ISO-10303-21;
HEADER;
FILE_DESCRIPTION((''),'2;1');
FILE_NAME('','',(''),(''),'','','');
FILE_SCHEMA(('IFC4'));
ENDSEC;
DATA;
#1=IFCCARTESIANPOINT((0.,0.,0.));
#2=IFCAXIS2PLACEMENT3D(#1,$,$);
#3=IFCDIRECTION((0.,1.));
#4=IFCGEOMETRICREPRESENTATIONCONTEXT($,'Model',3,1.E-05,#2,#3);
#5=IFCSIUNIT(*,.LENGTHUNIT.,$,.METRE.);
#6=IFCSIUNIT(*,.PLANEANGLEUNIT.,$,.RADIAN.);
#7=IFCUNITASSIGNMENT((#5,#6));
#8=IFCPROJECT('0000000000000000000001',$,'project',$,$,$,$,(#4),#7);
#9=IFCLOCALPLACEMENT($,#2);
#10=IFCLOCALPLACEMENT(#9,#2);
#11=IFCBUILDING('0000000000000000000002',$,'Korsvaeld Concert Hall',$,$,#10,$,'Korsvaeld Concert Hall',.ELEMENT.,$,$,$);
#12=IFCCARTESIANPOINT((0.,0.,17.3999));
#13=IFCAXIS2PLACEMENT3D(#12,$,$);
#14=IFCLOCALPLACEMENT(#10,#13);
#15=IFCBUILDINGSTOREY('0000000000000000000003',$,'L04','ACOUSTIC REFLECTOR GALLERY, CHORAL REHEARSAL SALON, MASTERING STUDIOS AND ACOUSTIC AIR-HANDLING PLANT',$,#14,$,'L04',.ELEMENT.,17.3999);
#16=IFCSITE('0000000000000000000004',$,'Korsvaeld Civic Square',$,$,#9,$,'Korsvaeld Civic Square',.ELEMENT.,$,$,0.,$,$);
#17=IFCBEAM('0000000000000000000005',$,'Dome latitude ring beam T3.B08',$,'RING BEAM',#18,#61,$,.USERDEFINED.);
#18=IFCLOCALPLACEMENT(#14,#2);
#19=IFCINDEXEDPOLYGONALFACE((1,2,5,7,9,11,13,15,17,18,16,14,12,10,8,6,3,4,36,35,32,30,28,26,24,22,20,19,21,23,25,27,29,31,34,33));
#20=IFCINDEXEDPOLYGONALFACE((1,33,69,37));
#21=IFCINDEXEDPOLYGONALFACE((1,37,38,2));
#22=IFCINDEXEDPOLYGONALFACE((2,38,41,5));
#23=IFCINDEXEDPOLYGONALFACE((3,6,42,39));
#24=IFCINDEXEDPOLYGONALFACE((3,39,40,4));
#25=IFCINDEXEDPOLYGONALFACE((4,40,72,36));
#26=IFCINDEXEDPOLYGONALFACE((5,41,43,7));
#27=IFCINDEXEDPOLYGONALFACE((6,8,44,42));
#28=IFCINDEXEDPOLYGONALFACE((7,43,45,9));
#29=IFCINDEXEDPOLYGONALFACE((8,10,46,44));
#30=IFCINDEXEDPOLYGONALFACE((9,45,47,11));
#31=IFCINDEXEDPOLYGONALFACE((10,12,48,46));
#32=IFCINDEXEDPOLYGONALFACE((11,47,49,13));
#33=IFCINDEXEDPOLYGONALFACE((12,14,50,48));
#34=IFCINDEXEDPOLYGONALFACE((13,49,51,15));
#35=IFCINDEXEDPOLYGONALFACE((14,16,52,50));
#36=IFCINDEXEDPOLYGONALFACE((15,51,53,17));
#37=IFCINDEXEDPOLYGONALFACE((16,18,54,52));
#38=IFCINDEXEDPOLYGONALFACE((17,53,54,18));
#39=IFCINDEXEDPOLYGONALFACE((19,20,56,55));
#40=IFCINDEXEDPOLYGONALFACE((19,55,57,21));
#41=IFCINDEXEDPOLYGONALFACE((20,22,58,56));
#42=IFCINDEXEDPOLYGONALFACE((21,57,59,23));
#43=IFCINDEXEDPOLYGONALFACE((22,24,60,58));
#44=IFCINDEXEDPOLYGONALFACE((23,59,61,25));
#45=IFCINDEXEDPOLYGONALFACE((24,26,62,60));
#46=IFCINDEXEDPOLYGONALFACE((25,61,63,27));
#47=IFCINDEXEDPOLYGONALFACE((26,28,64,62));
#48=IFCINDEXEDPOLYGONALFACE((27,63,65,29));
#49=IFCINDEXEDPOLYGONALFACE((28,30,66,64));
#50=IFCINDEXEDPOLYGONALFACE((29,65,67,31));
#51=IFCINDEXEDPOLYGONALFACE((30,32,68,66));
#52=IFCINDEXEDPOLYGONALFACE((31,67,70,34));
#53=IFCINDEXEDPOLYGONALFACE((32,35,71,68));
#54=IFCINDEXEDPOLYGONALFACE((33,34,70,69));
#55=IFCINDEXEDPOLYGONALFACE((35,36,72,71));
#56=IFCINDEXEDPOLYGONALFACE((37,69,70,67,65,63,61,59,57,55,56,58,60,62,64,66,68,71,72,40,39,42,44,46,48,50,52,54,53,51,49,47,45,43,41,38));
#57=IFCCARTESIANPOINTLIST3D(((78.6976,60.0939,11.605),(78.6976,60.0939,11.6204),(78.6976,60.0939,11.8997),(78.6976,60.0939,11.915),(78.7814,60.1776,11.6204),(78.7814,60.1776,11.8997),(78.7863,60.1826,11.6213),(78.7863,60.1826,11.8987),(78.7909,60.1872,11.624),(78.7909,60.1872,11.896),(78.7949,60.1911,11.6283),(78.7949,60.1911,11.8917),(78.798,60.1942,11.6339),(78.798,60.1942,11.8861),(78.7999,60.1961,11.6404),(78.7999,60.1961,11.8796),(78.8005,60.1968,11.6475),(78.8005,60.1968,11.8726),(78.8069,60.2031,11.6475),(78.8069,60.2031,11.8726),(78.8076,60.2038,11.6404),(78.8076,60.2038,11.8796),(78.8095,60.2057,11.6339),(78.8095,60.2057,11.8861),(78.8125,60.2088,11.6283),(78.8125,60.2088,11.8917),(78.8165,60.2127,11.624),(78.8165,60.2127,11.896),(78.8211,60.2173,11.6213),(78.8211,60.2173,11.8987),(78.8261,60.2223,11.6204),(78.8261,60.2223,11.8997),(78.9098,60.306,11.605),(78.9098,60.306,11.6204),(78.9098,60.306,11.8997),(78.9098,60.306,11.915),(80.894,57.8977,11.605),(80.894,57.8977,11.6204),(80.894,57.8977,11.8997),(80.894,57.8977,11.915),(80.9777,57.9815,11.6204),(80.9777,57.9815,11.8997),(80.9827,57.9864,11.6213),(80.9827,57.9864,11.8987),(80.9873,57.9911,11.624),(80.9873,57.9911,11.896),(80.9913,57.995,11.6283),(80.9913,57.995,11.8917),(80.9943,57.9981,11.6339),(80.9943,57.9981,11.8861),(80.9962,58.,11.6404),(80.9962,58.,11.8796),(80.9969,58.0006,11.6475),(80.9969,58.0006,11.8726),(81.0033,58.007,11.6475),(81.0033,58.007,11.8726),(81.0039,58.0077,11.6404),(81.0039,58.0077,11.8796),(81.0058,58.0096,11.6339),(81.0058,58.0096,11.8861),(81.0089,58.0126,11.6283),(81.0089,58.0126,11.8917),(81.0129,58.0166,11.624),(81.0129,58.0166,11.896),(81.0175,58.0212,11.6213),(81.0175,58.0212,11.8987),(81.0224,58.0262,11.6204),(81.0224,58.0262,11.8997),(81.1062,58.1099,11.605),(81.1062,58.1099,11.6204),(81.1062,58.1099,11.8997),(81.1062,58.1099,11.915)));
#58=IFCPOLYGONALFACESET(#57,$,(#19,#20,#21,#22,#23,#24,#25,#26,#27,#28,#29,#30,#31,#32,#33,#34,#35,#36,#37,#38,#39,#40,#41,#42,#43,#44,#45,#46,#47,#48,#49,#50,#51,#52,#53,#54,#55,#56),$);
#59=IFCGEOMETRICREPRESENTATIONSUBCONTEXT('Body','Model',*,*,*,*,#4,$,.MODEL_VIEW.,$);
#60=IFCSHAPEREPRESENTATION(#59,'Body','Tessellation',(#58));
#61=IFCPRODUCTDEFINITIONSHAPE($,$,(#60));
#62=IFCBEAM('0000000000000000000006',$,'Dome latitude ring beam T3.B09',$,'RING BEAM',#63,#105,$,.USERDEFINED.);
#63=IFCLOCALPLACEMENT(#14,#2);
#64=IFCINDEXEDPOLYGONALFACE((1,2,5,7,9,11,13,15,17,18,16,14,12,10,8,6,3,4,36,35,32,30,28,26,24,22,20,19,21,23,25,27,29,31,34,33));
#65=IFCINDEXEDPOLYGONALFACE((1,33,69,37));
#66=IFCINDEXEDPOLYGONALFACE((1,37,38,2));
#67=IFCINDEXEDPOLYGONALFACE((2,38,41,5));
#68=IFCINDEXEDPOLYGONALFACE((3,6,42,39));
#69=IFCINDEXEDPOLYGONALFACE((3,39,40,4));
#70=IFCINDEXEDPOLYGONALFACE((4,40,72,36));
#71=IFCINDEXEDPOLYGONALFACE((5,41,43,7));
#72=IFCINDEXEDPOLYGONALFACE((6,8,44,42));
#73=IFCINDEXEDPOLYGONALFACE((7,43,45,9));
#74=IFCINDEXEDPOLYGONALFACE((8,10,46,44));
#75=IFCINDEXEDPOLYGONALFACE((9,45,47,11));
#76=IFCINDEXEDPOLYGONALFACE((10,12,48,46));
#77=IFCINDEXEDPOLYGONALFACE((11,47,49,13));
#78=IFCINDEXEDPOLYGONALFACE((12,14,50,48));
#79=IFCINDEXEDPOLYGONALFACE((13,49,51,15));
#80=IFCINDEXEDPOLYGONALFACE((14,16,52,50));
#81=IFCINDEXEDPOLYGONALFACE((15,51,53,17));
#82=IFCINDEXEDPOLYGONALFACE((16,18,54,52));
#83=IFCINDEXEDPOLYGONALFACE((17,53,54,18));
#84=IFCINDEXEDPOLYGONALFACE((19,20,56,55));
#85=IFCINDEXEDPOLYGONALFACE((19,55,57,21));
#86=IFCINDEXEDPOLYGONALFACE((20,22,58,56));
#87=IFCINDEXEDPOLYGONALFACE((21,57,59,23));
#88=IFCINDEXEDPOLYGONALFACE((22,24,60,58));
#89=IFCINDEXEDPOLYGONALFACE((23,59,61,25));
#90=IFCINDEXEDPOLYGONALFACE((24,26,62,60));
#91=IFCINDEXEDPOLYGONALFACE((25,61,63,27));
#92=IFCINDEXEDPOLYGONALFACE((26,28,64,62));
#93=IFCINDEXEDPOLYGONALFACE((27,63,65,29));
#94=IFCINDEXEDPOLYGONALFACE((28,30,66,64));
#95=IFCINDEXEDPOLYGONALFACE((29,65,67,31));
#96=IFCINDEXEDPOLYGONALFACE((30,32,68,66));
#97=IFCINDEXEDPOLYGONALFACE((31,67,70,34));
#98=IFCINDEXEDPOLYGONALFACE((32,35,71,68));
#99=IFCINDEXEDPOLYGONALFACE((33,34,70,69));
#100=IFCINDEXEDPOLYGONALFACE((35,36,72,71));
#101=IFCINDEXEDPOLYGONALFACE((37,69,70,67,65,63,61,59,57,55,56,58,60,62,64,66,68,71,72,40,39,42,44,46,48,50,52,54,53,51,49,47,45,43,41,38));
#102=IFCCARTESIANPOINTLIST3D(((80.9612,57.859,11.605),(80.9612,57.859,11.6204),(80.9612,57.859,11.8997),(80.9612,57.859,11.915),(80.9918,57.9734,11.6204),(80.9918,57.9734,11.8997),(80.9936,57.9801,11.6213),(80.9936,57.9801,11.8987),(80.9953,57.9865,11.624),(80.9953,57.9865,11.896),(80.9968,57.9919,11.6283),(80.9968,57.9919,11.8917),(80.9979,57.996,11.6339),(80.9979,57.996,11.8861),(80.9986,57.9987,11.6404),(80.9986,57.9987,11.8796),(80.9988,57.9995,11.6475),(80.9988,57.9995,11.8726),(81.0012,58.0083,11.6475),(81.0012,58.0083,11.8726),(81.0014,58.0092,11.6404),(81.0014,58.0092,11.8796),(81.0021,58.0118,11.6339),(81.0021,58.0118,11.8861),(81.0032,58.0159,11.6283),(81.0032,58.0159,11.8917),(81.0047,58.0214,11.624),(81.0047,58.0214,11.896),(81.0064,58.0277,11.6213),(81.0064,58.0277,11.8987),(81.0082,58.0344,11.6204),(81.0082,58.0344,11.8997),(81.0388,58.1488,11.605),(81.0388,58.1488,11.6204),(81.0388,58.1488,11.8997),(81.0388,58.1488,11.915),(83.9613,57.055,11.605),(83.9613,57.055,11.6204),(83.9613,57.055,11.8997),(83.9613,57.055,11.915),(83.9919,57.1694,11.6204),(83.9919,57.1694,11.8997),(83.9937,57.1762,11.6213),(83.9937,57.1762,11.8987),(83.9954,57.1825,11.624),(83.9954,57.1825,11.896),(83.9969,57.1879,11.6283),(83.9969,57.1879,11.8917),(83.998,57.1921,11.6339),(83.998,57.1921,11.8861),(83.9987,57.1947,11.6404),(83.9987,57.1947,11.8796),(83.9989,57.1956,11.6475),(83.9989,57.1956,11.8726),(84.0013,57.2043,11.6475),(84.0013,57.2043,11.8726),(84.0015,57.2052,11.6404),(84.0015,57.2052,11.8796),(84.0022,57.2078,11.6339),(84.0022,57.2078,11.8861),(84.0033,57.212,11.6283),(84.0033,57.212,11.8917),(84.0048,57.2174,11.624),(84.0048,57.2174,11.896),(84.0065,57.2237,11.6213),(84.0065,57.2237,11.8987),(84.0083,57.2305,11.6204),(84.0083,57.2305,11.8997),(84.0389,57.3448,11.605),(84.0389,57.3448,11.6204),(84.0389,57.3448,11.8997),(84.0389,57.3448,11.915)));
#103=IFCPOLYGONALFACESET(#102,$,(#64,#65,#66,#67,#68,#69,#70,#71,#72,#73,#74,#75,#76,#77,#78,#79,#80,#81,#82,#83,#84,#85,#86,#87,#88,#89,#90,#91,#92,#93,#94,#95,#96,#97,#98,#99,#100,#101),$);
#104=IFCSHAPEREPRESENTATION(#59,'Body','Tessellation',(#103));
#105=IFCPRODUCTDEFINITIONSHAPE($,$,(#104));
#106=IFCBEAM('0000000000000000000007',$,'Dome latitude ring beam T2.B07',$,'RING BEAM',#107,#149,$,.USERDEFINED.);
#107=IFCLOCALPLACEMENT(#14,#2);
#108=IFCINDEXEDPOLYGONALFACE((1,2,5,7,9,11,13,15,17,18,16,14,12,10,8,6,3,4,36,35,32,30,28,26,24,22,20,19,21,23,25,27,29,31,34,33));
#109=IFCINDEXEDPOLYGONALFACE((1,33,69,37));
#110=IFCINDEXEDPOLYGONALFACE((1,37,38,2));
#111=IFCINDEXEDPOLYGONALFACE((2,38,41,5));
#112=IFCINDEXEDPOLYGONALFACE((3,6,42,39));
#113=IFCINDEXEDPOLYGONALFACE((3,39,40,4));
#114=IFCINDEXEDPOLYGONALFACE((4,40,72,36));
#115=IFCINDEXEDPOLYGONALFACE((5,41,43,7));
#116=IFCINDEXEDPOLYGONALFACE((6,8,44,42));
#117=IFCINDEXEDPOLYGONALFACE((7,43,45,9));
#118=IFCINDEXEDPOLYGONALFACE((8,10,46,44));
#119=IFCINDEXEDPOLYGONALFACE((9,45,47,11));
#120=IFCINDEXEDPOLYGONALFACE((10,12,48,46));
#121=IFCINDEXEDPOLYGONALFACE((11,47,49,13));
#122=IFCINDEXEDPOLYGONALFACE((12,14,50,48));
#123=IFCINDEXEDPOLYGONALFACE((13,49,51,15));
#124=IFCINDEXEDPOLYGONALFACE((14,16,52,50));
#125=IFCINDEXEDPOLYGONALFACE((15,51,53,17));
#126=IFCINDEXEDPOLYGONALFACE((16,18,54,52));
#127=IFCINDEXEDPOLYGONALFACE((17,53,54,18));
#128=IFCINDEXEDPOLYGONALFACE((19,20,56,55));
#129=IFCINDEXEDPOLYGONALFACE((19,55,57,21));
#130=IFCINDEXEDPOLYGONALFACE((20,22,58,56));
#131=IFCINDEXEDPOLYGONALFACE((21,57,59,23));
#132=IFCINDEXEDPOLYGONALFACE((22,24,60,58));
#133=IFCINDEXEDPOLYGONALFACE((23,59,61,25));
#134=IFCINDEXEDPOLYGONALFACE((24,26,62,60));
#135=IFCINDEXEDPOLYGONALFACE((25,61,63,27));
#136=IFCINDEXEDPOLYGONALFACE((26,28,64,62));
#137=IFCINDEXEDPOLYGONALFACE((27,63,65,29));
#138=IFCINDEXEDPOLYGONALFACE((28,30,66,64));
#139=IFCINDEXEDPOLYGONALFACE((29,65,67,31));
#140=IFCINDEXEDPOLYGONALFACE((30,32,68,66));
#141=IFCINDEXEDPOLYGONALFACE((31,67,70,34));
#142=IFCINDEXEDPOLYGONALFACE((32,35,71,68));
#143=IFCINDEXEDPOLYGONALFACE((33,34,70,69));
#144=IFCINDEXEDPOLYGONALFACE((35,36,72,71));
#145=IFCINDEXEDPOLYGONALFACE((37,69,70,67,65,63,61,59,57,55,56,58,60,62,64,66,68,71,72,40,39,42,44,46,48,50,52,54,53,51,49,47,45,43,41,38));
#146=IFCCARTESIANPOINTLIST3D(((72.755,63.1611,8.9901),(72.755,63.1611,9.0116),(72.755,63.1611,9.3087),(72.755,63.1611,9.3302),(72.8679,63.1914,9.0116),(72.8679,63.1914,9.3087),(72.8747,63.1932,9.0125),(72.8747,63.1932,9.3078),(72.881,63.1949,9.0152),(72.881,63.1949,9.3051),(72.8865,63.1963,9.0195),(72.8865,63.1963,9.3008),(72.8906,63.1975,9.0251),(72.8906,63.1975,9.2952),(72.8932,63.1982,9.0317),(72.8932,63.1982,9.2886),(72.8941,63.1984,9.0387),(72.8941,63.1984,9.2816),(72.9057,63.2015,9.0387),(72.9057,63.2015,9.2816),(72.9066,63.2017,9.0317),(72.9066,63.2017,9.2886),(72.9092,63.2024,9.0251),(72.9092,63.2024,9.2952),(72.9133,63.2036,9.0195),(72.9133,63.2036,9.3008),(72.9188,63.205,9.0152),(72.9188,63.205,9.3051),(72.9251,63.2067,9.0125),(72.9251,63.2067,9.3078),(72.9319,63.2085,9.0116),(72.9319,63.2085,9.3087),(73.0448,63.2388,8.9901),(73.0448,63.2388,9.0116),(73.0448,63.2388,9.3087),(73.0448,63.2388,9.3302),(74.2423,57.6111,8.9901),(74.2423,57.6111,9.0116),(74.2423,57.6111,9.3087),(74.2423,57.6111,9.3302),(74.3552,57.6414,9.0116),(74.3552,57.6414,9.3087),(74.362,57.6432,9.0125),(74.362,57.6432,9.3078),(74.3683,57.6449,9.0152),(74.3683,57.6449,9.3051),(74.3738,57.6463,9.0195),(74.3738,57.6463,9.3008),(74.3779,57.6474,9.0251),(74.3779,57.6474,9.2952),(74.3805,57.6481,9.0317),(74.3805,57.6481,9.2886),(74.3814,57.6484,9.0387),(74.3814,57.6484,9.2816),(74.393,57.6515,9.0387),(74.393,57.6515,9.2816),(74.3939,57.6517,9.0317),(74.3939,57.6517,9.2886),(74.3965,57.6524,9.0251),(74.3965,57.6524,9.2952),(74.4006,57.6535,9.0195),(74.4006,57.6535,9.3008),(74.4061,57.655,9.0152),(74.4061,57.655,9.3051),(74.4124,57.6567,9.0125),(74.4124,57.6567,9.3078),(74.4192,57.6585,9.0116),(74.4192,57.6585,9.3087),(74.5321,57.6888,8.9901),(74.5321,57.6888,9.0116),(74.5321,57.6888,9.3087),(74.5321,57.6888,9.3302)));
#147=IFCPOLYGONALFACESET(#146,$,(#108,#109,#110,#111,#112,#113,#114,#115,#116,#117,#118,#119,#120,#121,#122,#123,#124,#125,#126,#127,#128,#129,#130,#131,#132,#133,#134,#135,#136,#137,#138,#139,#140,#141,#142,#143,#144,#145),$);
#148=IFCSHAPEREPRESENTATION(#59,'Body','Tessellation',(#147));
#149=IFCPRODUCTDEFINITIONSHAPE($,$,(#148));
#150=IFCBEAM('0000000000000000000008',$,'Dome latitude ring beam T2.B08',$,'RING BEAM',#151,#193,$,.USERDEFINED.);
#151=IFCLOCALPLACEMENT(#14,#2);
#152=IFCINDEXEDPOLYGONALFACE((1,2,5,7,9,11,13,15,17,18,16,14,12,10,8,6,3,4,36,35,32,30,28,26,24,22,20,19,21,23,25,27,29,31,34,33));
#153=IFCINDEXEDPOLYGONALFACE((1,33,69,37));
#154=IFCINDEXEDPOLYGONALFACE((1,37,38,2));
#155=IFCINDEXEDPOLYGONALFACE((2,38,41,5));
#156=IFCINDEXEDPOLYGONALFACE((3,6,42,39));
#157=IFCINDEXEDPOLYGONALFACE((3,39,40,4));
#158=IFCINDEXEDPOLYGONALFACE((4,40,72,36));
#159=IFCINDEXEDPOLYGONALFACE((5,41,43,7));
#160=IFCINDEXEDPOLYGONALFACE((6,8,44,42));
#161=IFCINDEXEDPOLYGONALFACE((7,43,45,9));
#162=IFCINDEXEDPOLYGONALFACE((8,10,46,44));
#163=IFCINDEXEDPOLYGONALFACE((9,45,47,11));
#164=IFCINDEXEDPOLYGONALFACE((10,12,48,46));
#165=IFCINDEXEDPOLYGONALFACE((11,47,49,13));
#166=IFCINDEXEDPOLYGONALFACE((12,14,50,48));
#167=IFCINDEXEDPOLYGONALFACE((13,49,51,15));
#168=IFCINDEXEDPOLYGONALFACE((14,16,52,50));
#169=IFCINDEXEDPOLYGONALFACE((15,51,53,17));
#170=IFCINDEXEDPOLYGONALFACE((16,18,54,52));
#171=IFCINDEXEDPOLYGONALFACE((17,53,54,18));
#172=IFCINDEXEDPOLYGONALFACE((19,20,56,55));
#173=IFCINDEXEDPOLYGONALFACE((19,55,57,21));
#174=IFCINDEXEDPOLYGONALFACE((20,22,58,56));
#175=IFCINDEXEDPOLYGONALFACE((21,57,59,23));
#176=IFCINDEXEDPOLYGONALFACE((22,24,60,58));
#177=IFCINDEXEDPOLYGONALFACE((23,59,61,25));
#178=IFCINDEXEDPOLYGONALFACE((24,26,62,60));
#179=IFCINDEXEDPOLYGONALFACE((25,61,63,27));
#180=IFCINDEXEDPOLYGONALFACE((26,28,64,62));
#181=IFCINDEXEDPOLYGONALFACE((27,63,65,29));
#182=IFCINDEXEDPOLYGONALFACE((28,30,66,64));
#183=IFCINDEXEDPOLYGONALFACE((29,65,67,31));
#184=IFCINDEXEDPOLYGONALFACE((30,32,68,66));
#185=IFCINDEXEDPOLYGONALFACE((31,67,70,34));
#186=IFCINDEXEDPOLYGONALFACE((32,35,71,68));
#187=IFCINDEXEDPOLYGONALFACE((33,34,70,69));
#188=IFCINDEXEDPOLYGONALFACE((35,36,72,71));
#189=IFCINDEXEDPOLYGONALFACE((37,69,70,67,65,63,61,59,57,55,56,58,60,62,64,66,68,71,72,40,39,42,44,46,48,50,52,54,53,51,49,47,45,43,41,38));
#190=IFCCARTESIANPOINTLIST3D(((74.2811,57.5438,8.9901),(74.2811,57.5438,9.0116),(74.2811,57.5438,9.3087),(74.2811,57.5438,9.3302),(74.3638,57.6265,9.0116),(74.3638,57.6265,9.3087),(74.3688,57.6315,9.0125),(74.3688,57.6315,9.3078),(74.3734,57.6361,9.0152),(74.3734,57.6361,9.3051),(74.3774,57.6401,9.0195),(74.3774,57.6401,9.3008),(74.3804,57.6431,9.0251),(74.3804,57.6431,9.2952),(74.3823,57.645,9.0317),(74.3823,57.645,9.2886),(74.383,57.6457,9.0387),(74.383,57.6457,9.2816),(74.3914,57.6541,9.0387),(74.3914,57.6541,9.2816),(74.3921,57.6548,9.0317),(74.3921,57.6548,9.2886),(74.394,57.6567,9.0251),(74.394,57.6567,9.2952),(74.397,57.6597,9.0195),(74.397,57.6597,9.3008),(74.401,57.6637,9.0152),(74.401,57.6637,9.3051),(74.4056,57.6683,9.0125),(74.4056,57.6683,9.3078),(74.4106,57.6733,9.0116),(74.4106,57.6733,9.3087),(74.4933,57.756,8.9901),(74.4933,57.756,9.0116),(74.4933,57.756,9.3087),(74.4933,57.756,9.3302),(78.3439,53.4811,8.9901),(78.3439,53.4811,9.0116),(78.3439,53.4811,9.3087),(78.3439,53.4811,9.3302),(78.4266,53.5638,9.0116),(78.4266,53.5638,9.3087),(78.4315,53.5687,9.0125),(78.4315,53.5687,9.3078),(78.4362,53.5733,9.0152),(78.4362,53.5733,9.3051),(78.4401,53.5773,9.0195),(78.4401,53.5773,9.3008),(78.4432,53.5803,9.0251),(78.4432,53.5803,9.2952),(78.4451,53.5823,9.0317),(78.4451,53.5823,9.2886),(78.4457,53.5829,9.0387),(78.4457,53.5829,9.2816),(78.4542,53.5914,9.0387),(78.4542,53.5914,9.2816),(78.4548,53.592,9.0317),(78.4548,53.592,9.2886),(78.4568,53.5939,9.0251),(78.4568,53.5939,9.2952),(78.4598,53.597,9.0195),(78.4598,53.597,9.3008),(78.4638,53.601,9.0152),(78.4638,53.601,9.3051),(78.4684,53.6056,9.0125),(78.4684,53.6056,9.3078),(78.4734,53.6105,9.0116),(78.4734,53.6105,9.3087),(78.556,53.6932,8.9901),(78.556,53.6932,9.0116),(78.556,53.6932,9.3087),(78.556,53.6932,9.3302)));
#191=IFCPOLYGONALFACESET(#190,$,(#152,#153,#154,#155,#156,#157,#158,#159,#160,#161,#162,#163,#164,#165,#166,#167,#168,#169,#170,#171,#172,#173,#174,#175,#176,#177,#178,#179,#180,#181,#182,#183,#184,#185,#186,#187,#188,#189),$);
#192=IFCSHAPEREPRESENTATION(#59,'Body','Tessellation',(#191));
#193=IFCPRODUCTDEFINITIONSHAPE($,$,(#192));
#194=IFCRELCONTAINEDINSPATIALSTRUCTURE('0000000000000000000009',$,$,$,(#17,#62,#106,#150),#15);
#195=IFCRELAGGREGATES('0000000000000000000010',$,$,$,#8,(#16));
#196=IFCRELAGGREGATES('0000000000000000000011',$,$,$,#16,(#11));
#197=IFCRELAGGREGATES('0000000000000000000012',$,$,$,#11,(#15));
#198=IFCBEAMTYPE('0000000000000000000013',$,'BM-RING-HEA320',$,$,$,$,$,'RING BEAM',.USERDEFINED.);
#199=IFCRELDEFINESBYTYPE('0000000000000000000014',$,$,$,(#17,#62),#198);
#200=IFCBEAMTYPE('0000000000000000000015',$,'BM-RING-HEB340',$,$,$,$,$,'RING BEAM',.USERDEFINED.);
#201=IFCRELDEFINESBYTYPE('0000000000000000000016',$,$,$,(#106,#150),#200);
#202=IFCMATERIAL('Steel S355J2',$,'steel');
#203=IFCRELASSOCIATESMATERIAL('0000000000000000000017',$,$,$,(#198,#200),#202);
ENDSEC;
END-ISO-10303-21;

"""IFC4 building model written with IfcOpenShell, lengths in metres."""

from ifc_helpers import new_model, si_unit, direction, frame, origin, origin_2d, place, context, subcontext, project, spatial, i_section, extrude, material, material_profile, profile_set, type_object, element, save


model = new_model("IFC4")

# Units and contexts
model_context = context("Model", 3, precision=1e-05, world=origin(), true_north=direction((0.0, 1.0)))
body_context = subcontext(model_context, "Body", "Model", "MODEL_VIEW")
ifc_project = project(units=[si_unit("LENGTHUNIT", "METRE"), si_unit("PLANEANGLEUNIT", "RADIAN")], contexts=[model_context])

# Site, building, storey
site_placement = place(None, origin())
site = spatial("IfcSite", under=ifc_project, at=site_placement, Name="Korsvaeld Civic Square", LongName="Korsvaeld Civic Square", CompositionType="ELEMENT", RefElevation=0.0)
building_placement = place(site_placement, origin())
building = spatial("IfcBuilding", under=site, at=building_placement, Name="Korsvaeld Concert Hall", LongName="Korsvaeld Concert Hall", CompositionType="ELEMENT")
storey_placement = place(building_placement, frame((0.0, 0.0, 17.3999)))
storey = spatial("IfcBuildingStorey", under=building, at=storey_placement, Name="L04", Description="ACOUSTIC REFLECTOR GALLERY, CHORAL REHEARSAL SALON, MASTERING STUDIOS AND ACOUSTIC AIR-HANDLING PLANT", LongName="L04", CompositionType="ELEMENT", Elevation=17.3999)

# Beams
ifc_material_1 = material(Name="Steel S355J2", Category="steel")
ifc_material_profile_1 = material_profile(ifc_material_1, i_section(OverallWidth=0.3, OverallDepth=0.3101, WebThickness=0.009, FlangeThickness=0.0154, FilletRadius=0.0271, at=origin_2d()), Name="HEA 320")
ifc_profile_set_1 = profile_set([ifc_material_profile_1], Name="Steel S355J2")
beam_type_1 = type_object("IfcBeamType", Name="BM-RING-HEA320", ElementType="RING BEAM", PredefinedType="USERDEFINED", material=ifc_profile_set_1)
for number, where, z_axis, x_axis, name in (
    (1, (78.8037, 60.2, 11.76), (0.707146, -0.707067, 0.0), (0.707067, 0.707146, 0.0), "Dome latitude ring beam T3.B08"),
    (2, (81.0, 58.0039, 11.76), (0.965917, -0.258851, 0.0), (0.258851, 0.965917, 0.0), "Dome latitude ring beam T3.B09"),
):
    element("IfcBeam", number, at=place(storey_placement, frame(where, z_axis=z_axis, x_axis=x_axis)), inside=storey, type_object=beam_type_1, Name=name, ObjectType="RING BEAM", PredefinedType="USERDEFINED", context=body_context, shape_type="SweptSolid", body=[
        extrude(i_section(OverallWidth=0.3, OverallDepth=0.3101, WebThickness=0.009, FlangeThickness=0.0154, FilletRadius=0.0271, at=origin_2d()), origin(), (0.0, 0.0, 1.0), 3.106),
    ])
ifc_material_profile_2 = material_profile(ifc_material_1, i_section(OverallWidth=0.3, OverallDepth=0.3401, WebThickness=0.012, FlangeThickness=0.0215, FilletRadius=0.0271, at=origin_2d()), Name="HEB 340")
ifc_profile_set_2 = profile_set([ifc_material_profile_2], Name="Steel S355J2")
beam_type_2 = type_object("IfcBeamType", Name="BM-RING-HEB340", ElementType="RING BEAM", PredefinedType="USERDEFINED", material=ifc_profile_set_2)
beam_1_placement = place(storey_placement, frame((72.8999, 63.2, 9.1602), z_axis=(0.258847, -0.965918, 0.0), x_axis=(0.965918, 0.258847, 0.0)))
element("IfcBeam", 3, at=beam_1_placement, inside=storey, type_object=beam_type_2, Name="Dome latitude ring beam T2.B07", ObjectType="RING BEAM", PredefinedType="USERDEFINED", context=body_context, shape_type="SweptSolid", body=[
    extrude(i_section(OverallWidth=0.3, OverallDepth=0.3401, WebThickness=0.012, FlangeThickness=0.0215, FilletRadius=0.0271, at=origin_2d()), origin(), (0.0, 0.0, 1.0), 5.7458),
])
beam_2_placement = place(storey_placement, frame((74.3872, 57.6499, 9.1602), z_axis=(0.707107, -0.707107, 0.0), x_axis=(0.707107, 0.707107, 0.0)))
element("IfcBeam", 4, at=beam_2_placement, inside=storey, type_object=beam_type_2, Name="Dome latitude ring beam T2.B08", ObjectType="RING BEAM", PredefinedType="USERDEFINED", context=body_context, shape_type="SweptSolid", body=[
    extrude(i_section(OverallWidth=0.3, OverallDepth=0.3401, WebThickness=0.012, FlangeThickness=0.0215, FilletRadius=0.0271, at=origin_2d()), origin(), (0.0, 0.0, 1.0), 5.7456),
])

save(model, "model.ifc")
